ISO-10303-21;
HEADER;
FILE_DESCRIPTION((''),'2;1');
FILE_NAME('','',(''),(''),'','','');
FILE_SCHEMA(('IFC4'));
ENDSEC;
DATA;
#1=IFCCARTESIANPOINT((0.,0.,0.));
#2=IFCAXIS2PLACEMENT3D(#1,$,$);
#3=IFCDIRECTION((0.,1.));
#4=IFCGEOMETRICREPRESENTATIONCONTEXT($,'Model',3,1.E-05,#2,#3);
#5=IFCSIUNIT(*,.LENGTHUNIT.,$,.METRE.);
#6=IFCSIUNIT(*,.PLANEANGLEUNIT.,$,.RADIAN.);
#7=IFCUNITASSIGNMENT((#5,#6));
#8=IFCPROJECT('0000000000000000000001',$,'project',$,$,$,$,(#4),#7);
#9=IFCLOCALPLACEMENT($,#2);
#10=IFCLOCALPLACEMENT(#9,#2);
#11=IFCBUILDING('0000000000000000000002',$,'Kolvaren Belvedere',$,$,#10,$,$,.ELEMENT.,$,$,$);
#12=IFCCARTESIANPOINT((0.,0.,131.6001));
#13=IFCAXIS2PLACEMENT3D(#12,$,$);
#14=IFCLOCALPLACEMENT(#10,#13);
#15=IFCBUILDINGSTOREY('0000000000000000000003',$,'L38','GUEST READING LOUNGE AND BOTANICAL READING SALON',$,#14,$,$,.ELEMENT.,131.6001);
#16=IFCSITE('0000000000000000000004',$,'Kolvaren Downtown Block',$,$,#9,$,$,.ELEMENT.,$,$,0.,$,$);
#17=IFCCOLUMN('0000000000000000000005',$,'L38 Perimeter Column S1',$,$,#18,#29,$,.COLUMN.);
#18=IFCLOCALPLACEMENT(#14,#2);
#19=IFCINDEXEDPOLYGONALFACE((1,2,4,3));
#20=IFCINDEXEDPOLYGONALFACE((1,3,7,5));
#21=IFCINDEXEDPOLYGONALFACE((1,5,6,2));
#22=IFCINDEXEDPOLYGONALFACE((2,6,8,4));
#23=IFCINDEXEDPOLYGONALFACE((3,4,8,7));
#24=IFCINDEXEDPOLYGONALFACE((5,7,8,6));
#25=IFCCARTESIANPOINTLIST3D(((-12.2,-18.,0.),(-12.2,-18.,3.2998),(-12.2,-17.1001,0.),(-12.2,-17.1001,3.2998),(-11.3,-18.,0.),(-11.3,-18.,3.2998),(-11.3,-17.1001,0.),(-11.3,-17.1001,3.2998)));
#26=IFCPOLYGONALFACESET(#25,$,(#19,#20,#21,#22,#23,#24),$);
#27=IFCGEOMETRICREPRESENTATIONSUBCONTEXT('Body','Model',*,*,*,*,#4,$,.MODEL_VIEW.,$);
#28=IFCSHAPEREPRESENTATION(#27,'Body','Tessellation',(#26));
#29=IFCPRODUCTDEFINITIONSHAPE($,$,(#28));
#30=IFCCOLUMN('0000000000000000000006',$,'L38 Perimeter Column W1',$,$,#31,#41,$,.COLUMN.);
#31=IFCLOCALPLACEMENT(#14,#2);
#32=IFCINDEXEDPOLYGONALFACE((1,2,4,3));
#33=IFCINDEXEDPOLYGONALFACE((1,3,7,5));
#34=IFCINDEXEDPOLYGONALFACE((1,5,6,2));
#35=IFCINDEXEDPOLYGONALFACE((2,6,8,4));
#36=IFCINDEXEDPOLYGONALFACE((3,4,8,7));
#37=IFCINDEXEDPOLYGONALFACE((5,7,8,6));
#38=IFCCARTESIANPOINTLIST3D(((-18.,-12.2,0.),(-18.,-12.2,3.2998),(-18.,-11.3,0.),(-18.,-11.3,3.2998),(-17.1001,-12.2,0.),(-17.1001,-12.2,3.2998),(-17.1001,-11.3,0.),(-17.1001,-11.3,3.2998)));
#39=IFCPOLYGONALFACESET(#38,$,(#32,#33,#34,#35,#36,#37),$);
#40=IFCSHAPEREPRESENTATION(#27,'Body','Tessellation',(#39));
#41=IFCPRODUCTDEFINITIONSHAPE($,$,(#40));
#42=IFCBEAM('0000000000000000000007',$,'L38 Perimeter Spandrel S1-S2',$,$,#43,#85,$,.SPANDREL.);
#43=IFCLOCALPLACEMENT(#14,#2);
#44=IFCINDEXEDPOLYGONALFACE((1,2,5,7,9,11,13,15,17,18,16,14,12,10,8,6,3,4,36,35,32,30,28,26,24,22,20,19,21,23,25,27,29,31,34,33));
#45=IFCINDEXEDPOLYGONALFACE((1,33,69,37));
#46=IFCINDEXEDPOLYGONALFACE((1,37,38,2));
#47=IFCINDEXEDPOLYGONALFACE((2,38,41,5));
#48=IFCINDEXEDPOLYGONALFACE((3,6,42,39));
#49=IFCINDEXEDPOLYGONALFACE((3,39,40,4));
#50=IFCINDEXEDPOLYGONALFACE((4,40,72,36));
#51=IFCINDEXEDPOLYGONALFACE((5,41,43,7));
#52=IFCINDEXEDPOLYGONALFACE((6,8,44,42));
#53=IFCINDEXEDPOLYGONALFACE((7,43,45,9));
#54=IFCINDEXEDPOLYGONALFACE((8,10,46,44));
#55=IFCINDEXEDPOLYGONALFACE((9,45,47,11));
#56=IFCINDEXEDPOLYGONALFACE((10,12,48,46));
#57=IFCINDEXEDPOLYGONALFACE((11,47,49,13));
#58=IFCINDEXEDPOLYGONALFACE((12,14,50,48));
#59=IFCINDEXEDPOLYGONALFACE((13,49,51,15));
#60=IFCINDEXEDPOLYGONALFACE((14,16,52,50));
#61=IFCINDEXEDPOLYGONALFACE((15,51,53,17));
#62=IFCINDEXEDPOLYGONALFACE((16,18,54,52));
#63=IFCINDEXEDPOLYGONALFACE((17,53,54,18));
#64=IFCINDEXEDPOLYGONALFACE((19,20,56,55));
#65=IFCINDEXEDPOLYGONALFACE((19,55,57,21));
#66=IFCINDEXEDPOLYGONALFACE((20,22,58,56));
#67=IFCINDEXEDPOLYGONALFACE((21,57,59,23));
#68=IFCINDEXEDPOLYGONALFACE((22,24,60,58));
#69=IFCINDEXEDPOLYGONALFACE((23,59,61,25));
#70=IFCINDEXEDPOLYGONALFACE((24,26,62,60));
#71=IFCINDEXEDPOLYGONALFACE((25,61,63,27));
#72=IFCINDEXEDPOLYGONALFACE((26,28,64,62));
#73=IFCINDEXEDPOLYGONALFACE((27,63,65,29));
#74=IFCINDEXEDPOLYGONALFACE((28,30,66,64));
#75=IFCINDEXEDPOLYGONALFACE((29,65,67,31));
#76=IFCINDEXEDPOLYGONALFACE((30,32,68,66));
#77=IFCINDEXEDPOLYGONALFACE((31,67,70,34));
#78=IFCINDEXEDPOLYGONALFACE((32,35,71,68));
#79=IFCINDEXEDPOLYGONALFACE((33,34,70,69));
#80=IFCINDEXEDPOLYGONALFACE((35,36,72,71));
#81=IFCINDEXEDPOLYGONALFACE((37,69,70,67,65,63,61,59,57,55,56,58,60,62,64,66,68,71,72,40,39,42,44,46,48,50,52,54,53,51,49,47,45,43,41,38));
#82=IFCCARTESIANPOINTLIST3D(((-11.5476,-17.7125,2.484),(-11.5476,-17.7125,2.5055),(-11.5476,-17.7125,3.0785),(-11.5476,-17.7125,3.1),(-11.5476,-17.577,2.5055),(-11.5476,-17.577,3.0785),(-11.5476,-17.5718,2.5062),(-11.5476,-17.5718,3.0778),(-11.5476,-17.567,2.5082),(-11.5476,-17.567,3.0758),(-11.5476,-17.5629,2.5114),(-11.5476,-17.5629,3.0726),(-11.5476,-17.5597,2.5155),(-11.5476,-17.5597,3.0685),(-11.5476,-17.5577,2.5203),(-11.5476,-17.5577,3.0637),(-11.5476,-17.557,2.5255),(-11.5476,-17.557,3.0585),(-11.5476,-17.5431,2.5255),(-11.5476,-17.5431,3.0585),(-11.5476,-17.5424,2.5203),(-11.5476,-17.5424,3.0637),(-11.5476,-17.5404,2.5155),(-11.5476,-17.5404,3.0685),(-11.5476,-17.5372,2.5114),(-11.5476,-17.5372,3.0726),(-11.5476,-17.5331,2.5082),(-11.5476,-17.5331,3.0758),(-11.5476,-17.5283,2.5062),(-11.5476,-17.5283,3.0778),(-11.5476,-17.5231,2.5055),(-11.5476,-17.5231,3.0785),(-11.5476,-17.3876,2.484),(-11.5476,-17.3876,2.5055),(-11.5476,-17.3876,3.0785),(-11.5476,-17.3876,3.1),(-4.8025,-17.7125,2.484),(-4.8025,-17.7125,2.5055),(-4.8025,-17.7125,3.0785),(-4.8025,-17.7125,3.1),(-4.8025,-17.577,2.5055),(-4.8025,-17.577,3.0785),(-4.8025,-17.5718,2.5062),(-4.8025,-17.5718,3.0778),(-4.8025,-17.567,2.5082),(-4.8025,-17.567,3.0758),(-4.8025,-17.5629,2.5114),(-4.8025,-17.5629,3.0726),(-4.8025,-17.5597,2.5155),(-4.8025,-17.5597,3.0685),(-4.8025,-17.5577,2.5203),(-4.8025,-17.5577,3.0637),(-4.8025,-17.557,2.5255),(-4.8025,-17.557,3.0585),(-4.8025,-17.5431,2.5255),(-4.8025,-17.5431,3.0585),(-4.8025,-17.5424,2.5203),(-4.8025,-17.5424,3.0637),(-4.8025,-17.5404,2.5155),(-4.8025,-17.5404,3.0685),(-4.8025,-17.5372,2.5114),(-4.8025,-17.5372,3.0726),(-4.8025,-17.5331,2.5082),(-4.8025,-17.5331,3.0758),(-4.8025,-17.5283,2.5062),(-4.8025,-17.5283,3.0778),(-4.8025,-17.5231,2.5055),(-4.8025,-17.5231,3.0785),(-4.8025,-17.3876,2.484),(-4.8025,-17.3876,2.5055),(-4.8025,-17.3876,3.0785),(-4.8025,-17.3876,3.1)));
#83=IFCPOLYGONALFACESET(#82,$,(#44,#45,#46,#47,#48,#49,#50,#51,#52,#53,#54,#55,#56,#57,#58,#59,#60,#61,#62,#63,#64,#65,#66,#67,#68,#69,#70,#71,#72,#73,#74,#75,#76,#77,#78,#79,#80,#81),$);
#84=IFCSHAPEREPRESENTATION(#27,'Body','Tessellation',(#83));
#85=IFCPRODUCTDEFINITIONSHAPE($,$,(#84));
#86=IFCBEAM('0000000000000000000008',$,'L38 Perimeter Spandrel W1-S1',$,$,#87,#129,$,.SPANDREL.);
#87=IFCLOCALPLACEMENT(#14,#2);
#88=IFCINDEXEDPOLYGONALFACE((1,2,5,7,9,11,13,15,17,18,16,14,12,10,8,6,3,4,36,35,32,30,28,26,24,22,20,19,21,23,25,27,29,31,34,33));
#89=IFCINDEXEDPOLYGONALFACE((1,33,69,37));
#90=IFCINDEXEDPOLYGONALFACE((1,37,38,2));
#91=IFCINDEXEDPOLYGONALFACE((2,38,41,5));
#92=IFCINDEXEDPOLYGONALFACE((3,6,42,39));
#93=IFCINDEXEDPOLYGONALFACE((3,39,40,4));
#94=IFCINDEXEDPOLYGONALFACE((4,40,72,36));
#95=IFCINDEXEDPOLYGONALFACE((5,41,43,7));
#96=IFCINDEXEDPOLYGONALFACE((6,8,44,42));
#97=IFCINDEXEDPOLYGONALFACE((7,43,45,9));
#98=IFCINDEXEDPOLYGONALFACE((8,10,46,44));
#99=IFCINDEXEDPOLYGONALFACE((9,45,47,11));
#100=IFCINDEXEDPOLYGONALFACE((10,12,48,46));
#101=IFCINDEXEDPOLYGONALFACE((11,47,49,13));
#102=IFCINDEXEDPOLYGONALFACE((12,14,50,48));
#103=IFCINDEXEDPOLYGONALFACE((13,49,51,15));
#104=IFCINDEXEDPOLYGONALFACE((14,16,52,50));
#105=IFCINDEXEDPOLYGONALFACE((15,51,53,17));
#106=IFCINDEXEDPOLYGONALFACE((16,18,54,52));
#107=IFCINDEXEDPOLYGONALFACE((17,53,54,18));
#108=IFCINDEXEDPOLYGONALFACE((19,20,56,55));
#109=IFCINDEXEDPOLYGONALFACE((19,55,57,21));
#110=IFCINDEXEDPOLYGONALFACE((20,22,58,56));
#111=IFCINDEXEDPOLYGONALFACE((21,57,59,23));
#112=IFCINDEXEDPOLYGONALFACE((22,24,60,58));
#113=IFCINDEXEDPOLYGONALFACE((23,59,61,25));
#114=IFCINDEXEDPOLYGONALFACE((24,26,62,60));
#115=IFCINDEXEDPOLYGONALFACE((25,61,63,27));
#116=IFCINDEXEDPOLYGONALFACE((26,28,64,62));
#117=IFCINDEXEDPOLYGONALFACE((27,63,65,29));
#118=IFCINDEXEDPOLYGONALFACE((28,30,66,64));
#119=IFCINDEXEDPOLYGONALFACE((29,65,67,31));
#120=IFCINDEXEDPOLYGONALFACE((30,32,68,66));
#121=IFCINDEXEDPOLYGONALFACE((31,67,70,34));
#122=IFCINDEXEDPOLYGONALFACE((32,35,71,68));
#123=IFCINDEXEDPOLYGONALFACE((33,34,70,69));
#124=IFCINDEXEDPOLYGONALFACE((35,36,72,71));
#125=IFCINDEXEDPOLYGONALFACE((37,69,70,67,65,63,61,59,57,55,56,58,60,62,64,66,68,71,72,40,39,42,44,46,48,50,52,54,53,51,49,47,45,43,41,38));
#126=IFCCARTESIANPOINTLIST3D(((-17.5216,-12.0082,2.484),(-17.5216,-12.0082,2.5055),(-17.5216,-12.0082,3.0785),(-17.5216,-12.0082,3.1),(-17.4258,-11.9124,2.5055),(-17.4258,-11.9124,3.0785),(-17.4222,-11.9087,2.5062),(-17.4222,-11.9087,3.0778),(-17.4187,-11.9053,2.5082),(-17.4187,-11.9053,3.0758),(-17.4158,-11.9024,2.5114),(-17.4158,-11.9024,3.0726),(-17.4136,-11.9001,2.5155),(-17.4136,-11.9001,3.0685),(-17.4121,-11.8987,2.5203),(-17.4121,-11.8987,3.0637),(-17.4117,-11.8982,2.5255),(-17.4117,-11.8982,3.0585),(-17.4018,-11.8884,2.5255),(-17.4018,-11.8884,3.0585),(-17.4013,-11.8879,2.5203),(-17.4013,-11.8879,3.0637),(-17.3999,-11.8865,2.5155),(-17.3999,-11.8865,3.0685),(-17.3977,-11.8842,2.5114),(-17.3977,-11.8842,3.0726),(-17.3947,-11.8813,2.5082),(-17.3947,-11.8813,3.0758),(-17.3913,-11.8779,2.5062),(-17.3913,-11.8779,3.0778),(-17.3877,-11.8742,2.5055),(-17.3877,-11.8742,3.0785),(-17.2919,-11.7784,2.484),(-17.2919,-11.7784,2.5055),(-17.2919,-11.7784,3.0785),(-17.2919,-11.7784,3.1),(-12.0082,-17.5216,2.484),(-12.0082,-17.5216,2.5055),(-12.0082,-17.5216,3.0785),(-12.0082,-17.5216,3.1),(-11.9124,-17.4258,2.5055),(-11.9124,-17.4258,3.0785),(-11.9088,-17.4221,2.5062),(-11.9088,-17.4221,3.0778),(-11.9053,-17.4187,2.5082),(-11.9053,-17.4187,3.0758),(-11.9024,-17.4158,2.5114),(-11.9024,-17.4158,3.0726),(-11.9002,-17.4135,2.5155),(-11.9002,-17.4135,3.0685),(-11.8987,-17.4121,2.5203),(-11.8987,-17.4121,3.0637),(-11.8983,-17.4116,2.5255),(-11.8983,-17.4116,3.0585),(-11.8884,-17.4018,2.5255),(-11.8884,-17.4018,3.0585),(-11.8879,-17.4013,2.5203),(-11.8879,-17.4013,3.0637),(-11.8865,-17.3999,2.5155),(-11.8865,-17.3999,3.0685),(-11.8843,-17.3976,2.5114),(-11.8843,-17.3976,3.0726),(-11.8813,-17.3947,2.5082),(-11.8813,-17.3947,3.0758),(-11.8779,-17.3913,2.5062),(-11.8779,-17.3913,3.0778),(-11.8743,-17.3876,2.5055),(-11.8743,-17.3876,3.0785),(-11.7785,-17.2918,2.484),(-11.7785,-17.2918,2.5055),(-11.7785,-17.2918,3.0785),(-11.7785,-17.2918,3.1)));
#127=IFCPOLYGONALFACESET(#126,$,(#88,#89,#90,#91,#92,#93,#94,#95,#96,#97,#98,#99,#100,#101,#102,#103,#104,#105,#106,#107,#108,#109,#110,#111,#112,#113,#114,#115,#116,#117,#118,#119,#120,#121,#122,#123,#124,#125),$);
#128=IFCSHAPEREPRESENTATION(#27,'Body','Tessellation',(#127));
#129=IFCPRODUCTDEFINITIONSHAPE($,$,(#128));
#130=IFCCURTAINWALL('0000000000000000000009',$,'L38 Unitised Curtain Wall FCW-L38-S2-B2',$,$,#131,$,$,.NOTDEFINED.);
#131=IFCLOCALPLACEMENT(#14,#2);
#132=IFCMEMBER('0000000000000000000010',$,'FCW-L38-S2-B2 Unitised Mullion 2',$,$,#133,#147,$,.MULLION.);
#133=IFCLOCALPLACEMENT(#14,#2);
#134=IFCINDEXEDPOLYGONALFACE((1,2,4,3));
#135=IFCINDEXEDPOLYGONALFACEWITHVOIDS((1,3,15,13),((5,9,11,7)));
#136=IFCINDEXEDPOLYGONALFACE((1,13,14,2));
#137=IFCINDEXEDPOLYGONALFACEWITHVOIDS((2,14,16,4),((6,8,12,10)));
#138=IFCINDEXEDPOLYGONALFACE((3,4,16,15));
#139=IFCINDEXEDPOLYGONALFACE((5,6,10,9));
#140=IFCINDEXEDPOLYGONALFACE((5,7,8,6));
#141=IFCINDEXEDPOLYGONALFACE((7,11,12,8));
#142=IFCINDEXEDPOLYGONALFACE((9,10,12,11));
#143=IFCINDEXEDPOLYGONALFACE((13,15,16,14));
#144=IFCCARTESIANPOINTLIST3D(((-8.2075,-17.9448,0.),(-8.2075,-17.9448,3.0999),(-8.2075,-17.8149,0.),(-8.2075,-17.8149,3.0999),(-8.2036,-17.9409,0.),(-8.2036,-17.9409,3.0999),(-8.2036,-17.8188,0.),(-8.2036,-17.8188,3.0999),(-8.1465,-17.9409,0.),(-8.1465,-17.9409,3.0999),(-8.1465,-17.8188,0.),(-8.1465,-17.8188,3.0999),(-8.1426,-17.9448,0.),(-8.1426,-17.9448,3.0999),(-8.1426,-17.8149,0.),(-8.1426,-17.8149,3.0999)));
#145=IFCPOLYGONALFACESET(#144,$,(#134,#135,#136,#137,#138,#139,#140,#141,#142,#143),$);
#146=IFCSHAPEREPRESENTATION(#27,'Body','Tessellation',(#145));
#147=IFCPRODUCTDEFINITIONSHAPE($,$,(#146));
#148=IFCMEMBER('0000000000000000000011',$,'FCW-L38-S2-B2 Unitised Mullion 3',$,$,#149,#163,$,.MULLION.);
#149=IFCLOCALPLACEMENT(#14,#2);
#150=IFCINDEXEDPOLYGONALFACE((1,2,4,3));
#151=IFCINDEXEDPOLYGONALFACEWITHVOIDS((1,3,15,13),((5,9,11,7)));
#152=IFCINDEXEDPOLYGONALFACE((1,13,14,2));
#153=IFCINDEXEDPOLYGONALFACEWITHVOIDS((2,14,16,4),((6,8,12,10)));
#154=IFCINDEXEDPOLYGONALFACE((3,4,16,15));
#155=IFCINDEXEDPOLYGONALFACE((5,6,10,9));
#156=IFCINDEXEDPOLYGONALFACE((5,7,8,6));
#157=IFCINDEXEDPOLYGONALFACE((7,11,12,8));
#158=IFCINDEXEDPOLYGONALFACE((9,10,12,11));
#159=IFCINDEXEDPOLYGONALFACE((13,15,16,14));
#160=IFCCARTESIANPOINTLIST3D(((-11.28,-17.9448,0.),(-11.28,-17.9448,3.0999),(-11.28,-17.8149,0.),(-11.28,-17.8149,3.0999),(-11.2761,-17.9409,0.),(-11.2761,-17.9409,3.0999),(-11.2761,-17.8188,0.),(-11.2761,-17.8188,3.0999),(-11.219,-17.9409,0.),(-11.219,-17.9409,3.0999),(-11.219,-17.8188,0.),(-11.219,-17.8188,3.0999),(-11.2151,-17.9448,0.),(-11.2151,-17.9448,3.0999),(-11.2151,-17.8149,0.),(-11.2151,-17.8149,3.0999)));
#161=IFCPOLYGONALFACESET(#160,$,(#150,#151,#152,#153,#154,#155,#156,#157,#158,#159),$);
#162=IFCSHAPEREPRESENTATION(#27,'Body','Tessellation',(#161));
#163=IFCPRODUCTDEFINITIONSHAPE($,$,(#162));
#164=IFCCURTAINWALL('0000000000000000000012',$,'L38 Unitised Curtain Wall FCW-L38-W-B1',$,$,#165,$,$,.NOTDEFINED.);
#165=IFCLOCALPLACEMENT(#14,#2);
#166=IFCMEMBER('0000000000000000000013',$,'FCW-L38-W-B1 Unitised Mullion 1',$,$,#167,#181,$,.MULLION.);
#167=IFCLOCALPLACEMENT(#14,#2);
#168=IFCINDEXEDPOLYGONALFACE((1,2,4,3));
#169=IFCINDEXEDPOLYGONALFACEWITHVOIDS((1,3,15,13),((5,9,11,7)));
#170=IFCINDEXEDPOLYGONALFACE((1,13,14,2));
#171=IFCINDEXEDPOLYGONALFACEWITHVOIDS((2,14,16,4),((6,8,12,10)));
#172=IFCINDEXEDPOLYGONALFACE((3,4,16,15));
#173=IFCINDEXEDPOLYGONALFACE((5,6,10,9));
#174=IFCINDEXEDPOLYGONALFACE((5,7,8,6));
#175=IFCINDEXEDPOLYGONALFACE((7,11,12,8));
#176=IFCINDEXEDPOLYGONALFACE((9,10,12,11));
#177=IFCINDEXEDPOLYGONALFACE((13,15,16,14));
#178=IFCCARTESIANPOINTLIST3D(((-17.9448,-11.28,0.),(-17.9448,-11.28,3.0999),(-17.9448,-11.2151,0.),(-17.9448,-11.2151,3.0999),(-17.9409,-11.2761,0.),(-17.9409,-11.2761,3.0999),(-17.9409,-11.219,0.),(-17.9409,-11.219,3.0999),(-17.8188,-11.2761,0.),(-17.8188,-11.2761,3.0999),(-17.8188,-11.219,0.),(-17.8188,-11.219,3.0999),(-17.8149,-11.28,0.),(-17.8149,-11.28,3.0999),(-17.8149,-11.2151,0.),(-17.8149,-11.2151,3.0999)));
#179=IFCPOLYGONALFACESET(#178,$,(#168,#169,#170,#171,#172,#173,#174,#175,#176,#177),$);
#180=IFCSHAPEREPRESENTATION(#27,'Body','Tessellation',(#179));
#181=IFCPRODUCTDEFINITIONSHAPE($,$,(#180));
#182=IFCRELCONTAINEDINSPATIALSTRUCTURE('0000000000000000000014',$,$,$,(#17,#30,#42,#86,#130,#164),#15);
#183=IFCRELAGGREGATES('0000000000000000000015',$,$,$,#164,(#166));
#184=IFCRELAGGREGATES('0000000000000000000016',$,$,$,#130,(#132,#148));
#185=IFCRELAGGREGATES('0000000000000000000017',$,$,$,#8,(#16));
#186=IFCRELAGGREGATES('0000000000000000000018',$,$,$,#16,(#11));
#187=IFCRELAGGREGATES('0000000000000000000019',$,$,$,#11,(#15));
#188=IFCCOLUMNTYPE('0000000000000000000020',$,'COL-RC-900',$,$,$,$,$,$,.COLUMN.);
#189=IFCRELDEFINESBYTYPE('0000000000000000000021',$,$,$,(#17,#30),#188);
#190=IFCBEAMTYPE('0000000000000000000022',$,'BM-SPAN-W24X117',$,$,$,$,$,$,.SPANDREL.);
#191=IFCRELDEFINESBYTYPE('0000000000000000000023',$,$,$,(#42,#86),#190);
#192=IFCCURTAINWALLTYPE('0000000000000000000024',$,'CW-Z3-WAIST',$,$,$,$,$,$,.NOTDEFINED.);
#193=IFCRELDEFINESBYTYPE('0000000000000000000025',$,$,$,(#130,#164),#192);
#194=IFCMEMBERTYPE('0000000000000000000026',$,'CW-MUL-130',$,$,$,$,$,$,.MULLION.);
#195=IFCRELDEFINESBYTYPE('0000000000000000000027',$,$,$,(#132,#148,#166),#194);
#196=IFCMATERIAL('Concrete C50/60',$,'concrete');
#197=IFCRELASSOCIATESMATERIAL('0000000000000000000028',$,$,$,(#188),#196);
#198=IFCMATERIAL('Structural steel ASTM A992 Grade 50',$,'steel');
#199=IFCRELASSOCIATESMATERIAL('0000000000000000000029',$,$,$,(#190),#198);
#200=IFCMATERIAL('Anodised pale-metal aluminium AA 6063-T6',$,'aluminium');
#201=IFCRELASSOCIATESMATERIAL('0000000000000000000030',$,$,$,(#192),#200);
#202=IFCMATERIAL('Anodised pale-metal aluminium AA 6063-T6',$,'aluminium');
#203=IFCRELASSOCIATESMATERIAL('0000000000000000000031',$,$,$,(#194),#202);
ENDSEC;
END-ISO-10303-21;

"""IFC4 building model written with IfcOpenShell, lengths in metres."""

from ifc_helpers import new_model, si_unit, direction, frame, origin, origin_2d, place, context, subcontext, project, spatial, rectangle, hollow_rectangle, i_section, extrude, material, material_profile, profile_set, type_object, element, aggregate, save


model = new_model("IFC4")

# Units and contexts
model_context = context("Model", 3, precision=1e-05, world=origin(), true_north=direction((0.0, 1.0)))
body_context = subcontext(model_context, "Body", "Model", "MODEL_VIEW")
ifc_project = project(units=[si_unit("LENGTHUNIT", "METRE"), si_unit("PLANEANGLEUNIT", "RADIAN")], contexts=[model_context])

# Site, building, storey
site_placement = place(None, origin())
site = spatial("IfcSite", under=ifc_project, at=site_placement, Name="Kolvaren Downtown Block", CompositionType="ELEMENT", RefElevation=0.0)
building_placement = place(site_placement, origin())
building = spatial("IfcBuilding", under=site, at=building_placement, Name="Kolvaren Belvedere", CompositionType="ELEMENT")
storey_placement = place(building_placement, frame((0.0, 0.0, 131.6001)))
storey = spatial("IfcBuildingStorey", under=building, at=storey_placement, Name="L38", Description="GUEST READING LOUNGE AND BOTANICAL READING SALON", CompositionType="ELEMENT", Elevation=131.6001)

# Columns
ifc_material_1 = material(Name="Concrete C50/60", Category="concrete")
ifc_material_profile_1 = material_profile(ifc_material_1, rectangle(XDim=0.8999, YDim=0.8999, at=origin_2d()), Name="RC 900X900")
ifc_profile_set_1 = profile_set([ifc_material_profile_1], Name="Concrete C50/60")
column_type = type_object("IfcColumnType", Name="COL-RC-900", PredefinedType="COLUMN", material=ifc_profile_set_1)
for number, where, z_axis, x_axis, name in (
    (1, (-11.75, -17.55, 0.0), (0.0, 0.0, 1.0), (1.0, 0.0, 0.0), "L38 Perimeter Column S1"),
    (2, (-17.55, -11.75, 0.0), (0.0, 0.0, 1.0), (1.0, 0.0, 0.0), "L38 Perimeter Column W1"),
):
    element("IfcColumn", number, at=place(storey_placement, frame(where, z_axis=z_axis, x_axis=x_axis)), inside=storey, type_object=column_type, Name=name, PredefinedType="COLUMN", context=body_context, shape_type="SweptSolid", body=[
        extrude(rectangle(XDim=0.8999, YDim=0.8999, at=origin_2d()), origin(), (0.0, 0.0, 1.0), 3.2998),
    ])

# Beams
ifc_material_2 = material(Name="Structural steel ASTM A992 Grade 50", Category="steel")
ifc_material_profile_2 = material_profile(ifc_material_2, i_section(OverallWidth=0.325, OverallDepth=0.616, WebThickness=0.0139, FlangeThickness=0.0215, FilletRadius=0.02, at=origin_2d()), Name="W24X117")
ifc_profile_set_2 = profile_set([ifc_material_profile_2], Name="Structural steel ASTM A992 Grade 50")
beam_type = type_object("IfcBeamType", Name="BM-SPAN-W24X117", PredefinedType="SPANDREL", material=ifc_profile_set_2)
beam_1_placement = place(storey_placement, frame((-11.5476, -17.55, 2.792), z_axis=(1.0, 0.0, 0.0), x_axis=(0.0, 1.0, 0.0)))
element("IfcBeam", 3, at=beam_1_placement, inside=storey, type_object=beam_type, Name="L38 Perimeter Spandrel S1-S2", PredefinedType="SPANDREL", context=body_context, shape_type="SweptSolid", body=[
    extrude(i_section(OverallWidth=0.325, OverallDepth=0.616, WebThickness=0.0139, FlangeThickness=0.0215, FilletRadius=0.02, at=origin_2d()), origin(), (0.0, 0.0, 1.0), 6.7451),
])
beam_2_placement = place(storey_placement, frame((-17.4067, -11.8933, 2.792), z_axis=(0.707107, -0.707107, 0.0), x_axis=(0.707107, 0.707107, 0.0)))
element("IfcBeam", 4, at=beam_2_placement, inside=storey, type_object=beam_type, Name="L38 Perimeter Spandrel W1-S1", PredefinedType="SPANDREL", context=body_context, shape_type="SweptSolid", body=[
    extrude(i_section(OverallWidth=0.325, OverallDepth=0.616, WebThickness=0.0139, FlangeThickness=0.0215, FilletRadius=0.02, at=origin_2d()), origin(), (0.0, 0.0, 1.0), 7.7971),
])

# Curtain walls, members
ifc_material_3 = material(Name="Anodised pale-metal aluminium AA 6063-T6", Category="aluminium")
curtain_wall_type = type_object("IfcCurtainWallType", Name="CW-Z3-WAIST", PredefinedType="NOTDEFINED", material=ifc_material_3)
curtain_wall_1_placement = place(storey_placement, origin())
curtain_wall_1 = element("IfcCurtainWall", 5, at=curtain_wall_1_placement, inside=storey, type_object=curtain_wall_type, Name="L38 Unitised Curtain Wall FCW-L38-S2-B2", PredefinedType="NOTDEFINED")
ifc_material_4 = material(Name="Anodised pale-metal aluminium AA 6063-T6", Category="aluminium")
ifc_material_profile_3 = material_profile(ifc_material_4, hollow_rectangle(XDim=0.0649, YDim=0.1299, WallThickness=0.0039, at=origin_2d()), Name="ALU-MUL-130X65")
ifc_profile_set_3 = profile_set([ifc_material_profile_3], Name="Anodised pale-metal aluminium AA 6063-T6")
member_type_1 = type_object("IfcMemberType", Name="CW-MUL-130", PredefinedType="MULLION", material=ifc_profile_set_3)
member_1_placement = place(storey_placement, frame((-8.175, -17.8799, 0.0), z_axis=(0.0, 0.0, 1.0), x_axis=(1.0, 0.0, 0.0)))
member_1 = element("IfcMember", 6, at=member_1_placement, type_object=member_type_1, Name="FCW-L38-S2-B2 Unitised Mullion 2", PredefinedType="MULLION", context=body_context, shape_type="SweptSolid", body=[
    extrude(hollow_rectangle(XDim=0.0649, YDim=0.1299, WallThickness=0.0039, at=origin_2d()), origin(), (0.0, 0.0, 1.0), 3.0999),
])
member_2_placement = place(storey_placement, frame((-11.2476, -17.8799, 0.0), z_axis=(0.0, 0.0, 1.0), x_axis=(1.0, 0.0, 0.0)))
member_2 = element("IfcMember", 7, at=member_2_placement, type_object=member_type_1, Name="FCW-L38-S2-B2 Unitised Mullion 3", PredefinedType="MULLION", context=body_context, shape_type="SweptSolid", body=[
    extrude(hollow_rectangle(XDim=0.0649, YDim=0.1299, WallThickness=0.0039, at=origin_2d()), origin(), (0.0, 0.0, 1.0), 3.0999),
])
curtain_wall_2_placement = place(storey_placement, origin())
curtain_wall_2 = element("IfcCurtainWall", 8, at=curtain_wall_2_placement, inside=storey, type_object=curtain_wall_type, Name="L38 Unitised Curtain Wall FCW-L38-W-B1", PredefinedType="NOTDEFINED")
member_3_placement = place(storey_placement, frame((-17.8799, -11.2476, 0.0), z_axis=(0.0, 0.0, 1.0), x_axis=(0.0, 1.0, 0.0)))
member_3 = element("IfcMember", 9, at=member_3_placement, type_object=member_type_1, Name="FCW-L38-W-B1 Unitised Mullion 1", PredefinedType="MULLION", context=body_context, shape_type="SweptSolid", body=[
    extrude(hollow_rectangle(XDim=0.0649, YDim=0.1299, WallThickness=0.0039, at=origin_2d()), origin(), (0.0, 0.0, 1.0), 3.0999),
])
aggregate(curtain_wall_2, [member_3])

aggregate(curtain_wall_1, [member_1, member_2])

save(model, "model.ifc")
